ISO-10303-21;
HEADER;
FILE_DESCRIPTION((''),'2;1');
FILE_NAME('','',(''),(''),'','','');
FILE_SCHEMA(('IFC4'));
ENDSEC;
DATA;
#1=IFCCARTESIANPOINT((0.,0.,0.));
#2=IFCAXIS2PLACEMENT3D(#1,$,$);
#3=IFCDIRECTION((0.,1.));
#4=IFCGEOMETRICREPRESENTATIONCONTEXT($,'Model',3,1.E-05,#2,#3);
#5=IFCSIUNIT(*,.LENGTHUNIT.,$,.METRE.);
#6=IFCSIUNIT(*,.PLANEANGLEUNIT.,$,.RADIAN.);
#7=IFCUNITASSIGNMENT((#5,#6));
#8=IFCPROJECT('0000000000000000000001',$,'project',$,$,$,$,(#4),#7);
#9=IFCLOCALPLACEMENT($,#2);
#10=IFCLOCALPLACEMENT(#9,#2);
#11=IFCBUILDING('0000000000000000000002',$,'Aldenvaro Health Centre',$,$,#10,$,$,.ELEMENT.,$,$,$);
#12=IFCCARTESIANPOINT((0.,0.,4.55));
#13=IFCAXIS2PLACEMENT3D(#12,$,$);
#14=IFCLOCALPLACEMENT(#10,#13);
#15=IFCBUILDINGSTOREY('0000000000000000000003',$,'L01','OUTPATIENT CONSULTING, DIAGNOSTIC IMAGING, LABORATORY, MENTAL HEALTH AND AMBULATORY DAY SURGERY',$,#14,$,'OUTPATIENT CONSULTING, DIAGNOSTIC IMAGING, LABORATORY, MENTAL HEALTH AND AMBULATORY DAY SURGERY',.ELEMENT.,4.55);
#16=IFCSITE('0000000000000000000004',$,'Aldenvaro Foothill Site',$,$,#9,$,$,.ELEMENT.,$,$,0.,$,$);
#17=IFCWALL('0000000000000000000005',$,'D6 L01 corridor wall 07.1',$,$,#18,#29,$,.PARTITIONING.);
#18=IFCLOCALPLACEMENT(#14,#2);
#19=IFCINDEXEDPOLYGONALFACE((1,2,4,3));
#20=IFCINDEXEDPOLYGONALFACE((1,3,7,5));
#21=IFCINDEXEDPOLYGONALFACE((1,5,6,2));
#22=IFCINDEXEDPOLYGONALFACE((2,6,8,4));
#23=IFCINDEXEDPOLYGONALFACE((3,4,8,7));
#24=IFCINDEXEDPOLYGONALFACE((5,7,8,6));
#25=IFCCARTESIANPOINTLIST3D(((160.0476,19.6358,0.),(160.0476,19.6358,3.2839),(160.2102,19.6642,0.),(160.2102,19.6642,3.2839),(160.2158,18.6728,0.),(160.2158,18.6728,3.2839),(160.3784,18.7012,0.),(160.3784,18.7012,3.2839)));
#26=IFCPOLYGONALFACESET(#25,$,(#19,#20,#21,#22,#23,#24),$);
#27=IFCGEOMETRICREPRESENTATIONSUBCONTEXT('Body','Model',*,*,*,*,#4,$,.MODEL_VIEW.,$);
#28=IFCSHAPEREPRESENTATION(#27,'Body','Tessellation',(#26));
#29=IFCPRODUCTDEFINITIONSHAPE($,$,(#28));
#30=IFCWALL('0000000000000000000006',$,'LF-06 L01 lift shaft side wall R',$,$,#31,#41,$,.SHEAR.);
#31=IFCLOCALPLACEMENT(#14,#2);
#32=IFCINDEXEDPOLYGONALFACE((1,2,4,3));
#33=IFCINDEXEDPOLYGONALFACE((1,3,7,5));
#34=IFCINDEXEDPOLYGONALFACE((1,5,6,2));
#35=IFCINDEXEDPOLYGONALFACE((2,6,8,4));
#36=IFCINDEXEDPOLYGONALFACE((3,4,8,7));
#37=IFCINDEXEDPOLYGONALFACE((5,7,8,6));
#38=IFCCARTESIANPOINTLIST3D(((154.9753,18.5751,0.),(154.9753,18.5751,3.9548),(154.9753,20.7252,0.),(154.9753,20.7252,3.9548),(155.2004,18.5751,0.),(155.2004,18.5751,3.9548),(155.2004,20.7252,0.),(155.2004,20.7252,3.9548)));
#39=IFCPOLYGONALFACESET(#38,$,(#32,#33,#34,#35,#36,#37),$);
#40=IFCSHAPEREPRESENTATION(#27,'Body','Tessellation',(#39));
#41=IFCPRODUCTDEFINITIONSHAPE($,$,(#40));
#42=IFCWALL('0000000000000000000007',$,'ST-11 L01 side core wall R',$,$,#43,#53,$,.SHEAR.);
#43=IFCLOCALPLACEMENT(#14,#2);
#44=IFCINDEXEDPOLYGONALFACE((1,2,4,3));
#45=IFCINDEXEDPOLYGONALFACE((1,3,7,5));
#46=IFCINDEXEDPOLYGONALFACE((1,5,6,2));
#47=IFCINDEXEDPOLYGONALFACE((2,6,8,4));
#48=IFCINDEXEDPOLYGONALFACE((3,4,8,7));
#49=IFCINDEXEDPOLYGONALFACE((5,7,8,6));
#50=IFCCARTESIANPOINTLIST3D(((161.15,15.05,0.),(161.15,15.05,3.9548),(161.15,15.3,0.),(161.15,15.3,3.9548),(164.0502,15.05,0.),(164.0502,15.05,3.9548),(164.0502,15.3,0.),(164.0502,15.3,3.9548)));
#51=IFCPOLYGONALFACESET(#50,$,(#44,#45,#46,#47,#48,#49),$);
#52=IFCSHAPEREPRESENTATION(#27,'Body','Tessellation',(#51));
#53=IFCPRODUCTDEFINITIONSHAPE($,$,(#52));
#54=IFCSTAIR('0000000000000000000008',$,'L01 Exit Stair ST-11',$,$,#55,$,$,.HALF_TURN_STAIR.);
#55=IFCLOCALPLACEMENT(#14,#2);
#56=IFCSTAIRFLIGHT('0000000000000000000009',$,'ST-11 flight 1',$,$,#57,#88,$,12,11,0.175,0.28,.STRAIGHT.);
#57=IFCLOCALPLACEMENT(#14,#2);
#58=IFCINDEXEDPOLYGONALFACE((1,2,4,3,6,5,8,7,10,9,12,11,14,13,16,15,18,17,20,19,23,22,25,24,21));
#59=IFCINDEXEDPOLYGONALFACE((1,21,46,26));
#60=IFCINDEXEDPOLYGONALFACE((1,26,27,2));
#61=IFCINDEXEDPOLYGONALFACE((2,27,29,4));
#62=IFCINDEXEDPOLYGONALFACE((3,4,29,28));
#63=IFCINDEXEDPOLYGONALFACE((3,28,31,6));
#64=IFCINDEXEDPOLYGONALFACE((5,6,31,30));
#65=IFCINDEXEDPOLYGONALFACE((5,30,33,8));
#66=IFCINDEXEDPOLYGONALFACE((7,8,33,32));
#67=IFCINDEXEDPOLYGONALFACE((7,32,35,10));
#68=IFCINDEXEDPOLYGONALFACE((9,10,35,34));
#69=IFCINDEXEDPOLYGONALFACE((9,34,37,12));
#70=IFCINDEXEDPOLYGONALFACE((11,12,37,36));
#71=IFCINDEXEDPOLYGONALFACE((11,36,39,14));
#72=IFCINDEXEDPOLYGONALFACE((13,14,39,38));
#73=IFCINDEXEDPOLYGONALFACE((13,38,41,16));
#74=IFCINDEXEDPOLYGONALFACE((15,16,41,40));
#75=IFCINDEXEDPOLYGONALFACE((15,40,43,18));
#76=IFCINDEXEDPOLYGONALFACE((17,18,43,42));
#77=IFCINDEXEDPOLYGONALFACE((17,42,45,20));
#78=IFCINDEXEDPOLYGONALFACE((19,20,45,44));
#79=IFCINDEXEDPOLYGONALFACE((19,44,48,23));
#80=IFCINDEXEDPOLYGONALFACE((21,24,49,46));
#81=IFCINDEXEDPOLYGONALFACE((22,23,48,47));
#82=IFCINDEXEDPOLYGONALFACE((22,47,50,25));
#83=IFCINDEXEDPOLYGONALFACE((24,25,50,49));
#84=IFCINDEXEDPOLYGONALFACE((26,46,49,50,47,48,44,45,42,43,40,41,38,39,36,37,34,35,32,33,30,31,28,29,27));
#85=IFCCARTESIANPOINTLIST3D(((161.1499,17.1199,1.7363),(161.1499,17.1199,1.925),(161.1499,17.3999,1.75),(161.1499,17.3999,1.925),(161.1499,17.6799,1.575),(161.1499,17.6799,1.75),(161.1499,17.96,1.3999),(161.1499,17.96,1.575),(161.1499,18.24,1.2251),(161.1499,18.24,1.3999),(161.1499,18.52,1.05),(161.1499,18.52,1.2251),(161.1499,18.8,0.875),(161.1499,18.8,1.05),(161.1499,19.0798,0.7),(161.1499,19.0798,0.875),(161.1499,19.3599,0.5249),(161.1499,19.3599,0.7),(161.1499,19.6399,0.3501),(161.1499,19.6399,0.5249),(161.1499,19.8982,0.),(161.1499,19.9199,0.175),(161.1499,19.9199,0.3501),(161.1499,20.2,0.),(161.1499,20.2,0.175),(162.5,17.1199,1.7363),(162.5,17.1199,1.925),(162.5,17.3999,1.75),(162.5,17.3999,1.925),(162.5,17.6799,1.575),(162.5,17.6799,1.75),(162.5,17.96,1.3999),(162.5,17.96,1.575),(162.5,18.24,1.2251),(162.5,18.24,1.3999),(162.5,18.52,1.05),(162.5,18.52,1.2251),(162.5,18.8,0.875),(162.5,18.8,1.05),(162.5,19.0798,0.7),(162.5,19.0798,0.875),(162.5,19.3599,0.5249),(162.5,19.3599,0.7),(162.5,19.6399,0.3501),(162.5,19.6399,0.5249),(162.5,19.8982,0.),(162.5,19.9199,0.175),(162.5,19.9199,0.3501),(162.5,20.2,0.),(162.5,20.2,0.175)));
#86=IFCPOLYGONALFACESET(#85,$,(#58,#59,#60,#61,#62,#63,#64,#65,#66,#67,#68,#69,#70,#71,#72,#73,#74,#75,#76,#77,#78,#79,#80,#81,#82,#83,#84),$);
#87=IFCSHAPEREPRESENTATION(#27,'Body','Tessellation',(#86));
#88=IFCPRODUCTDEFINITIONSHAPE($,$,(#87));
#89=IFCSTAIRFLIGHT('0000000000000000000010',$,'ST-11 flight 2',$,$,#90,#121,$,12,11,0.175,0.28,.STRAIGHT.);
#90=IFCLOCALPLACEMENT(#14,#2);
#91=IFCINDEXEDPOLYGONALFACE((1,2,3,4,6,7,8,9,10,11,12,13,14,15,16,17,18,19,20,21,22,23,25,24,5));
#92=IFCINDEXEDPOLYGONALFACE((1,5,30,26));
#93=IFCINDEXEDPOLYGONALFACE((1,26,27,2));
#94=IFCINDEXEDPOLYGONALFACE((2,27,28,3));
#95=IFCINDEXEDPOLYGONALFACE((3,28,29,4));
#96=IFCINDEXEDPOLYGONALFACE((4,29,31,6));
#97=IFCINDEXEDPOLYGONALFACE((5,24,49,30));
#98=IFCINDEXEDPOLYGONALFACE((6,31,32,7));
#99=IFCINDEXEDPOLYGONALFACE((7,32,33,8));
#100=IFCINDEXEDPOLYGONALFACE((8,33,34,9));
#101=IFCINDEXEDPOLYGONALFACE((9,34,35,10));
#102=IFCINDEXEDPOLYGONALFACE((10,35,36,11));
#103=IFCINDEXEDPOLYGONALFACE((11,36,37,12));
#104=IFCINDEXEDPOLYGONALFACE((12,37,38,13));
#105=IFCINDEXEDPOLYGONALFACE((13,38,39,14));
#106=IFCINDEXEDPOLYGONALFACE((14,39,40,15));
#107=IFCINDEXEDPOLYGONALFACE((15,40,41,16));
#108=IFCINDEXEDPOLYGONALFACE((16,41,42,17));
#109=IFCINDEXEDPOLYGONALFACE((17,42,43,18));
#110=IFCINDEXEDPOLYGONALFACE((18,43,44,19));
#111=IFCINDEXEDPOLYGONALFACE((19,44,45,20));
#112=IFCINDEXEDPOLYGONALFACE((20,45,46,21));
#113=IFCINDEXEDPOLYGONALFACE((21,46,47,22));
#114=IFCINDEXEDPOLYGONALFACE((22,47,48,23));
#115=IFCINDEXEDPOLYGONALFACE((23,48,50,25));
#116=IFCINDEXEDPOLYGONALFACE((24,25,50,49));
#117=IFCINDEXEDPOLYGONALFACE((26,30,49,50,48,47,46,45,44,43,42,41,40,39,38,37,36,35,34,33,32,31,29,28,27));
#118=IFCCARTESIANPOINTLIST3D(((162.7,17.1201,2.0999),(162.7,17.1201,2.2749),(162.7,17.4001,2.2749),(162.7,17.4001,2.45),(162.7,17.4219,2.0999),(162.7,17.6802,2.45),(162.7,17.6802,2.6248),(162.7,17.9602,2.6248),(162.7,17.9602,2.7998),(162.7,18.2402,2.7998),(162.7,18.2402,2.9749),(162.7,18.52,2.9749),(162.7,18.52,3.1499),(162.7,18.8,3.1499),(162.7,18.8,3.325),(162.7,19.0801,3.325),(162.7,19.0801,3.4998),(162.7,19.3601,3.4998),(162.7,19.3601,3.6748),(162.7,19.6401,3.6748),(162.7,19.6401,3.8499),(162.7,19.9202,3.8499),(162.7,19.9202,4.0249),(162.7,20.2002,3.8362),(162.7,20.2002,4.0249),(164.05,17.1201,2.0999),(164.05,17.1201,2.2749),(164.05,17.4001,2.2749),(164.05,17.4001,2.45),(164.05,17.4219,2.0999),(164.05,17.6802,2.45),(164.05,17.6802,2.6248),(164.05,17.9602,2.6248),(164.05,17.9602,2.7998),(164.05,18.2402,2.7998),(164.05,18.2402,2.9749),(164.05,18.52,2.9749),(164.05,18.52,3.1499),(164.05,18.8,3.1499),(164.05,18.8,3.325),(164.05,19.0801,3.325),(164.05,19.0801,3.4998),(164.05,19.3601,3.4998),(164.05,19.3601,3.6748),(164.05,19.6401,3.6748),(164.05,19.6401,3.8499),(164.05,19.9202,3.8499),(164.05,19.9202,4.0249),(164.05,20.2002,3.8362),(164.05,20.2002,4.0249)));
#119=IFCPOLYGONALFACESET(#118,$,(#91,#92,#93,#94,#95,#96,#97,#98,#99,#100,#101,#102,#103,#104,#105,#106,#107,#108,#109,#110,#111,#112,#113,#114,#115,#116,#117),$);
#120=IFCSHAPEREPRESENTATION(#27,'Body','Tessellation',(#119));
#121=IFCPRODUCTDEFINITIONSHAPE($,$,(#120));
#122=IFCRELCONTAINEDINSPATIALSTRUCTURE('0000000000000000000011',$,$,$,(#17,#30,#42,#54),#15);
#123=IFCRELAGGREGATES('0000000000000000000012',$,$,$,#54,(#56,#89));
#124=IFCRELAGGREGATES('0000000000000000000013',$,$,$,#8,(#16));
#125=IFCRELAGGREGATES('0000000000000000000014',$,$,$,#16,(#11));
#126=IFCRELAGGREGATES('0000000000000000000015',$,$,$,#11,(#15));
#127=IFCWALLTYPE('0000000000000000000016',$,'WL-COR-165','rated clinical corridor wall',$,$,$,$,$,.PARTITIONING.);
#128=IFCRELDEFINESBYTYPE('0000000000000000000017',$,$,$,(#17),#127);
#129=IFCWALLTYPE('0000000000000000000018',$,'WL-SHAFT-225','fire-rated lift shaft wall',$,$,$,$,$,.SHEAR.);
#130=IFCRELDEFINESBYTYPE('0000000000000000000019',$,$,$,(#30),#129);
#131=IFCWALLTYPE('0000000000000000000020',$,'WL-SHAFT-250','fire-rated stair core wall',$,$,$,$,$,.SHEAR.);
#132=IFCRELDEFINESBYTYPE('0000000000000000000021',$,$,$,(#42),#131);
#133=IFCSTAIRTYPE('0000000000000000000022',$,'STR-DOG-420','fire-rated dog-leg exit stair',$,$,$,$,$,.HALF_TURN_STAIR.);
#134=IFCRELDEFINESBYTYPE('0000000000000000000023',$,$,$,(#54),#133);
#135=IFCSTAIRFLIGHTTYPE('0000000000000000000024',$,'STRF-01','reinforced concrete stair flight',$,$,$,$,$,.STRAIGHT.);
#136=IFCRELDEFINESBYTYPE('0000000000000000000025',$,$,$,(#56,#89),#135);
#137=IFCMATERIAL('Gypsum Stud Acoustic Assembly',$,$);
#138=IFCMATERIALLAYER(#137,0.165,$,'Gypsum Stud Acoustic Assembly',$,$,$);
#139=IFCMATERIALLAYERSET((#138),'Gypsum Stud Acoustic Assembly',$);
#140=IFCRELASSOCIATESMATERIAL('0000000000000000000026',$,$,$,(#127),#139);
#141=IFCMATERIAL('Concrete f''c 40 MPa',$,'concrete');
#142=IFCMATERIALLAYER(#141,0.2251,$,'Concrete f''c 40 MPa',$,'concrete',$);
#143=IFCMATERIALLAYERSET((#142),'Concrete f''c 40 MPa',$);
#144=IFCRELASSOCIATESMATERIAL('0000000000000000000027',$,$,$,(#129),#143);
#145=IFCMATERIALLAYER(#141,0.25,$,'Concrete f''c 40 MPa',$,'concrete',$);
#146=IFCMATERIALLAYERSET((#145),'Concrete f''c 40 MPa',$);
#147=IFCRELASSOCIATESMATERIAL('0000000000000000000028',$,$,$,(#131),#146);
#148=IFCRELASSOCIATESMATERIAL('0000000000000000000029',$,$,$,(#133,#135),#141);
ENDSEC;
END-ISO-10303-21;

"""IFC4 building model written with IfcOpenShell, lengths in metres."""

from ifc_helpers import new_model, si_unit, direction, frame, frame_2d, origin, place, context, subcontext, project, spatial, polyline, rectangle, outline, extrude, material, layer, layer_set, type_object, element, aggregate, save


model = new_model("IFC4")

# Units and contexts
model_context = context("Model", 3, precision=1e-05, world=origin(), true_north=direction((0.0, 1.0)))
body_context = subcontext(model_context, "Body", "Model", "MODEL_VIEW")
ifc_project = project(units=[si_unit("LENGTHUNIT", "METRE"), si_unit("PLANEANGLEUNIT", "RADIAN")], contexts=[model_context])

# Site, building, storey
site_placement = place(None, origin())
site = spatial("IfcSite", under=ifc_project, at=site_placement, Name="Aldenvaro Foothill Site", CompositionType="ELEMENT", RefElevation=0.0)
building_placement = place(site_placement, origin())
building = spatial("IfcBuilding", under=site, at=building_placement, Name="Aldenvaro Health Centre", CompositionType="ELEMENT")
storey_placement = place(building_placement, frame((0.0, 0.0, 4.55)))
storey = spatial("IfcBuildingStorey", under=building, at=storey_placement, Name="L01", Description="OUTPATIENT CONSULTING, DIAGNOSTIC IMAGING, LABORATORY, MENTAL HEALTH AND AMBULATORY DAY SURGERY", LongName="OUTPATIENT CONSULTING, DIAGNOSTIC IMAGING, LABORATORY, MENTAL HEALTH AND AMBULATORY DAY SURGERY", CompositionType="ELEMENT", Elevation=4.55)

# Shared definitions
ifc_material_1 = material(Name="Gypsum Stud Acoustic Assembly")

# Shared definitions
ifc_layer_1 = layer(ifc_material_1, 0.165, Name="Gypsum Stud Acoustic Assembly")
ifc_layer_set_1 = layer_set([ifc_layer_1], Name="Gypsum Stud Acoustic Assembly")
wall_type_1 = type_object("IfcWallType", Name="WL-COR-165", Description="rated clinical corridor wall", PredefinedType="PARTITIONING", material=ifc_layer_set_1)

# Walls
wall_1_placement = place(storey_placement, frame((160.2971, 18.687, 0.0), z_axis=(0.0, 0.0, 1.0), x_axis=(-0.17209, 0.985081, 0.0)))
element("IfcWall", 1, at=wall_1_placement, inside=storey, type_object=wall_type_1, Name="D6 L01 corridor wall 07.1", PredefinedType="PARTITIONING", context=body_context, shape_type="SweptSolid", body=[
    extrude(rectangle(XDim=0.9775, YDim=0.165, at=frame_2d((0.4888, 0.0))), origin(), (0.0, 0.0, 1.0), 3.2839),
])
ifc_material_2 = material(Name="Concrete f'c 40 MPa", Category="concrete")
ifc_layer_2 = layer(ifc_material_2, 0.2251, Name="Concrete f'c 40 MPa", Category="concrete")
ifc_layer_set_2 = layer_set([ifc_layer_2], Name="Concrete f'c 40 MPa")
wall_type_2 = type_object("IfcWallType", Name="WL-SHAFT-225", Description="fire-rated lift shaft wall", PredefinedType="SHEAR", material=ifc_layer_set_2)
wall_2_placement = place(storey_placement, frame((155.0879, 18.575, 0.0), z_axis=(0.0, 0.0, 1.0), x_axis=(0.0, 1.0, 0.0)))
element("IfcWall", 2, at=wall_2_placement, inside=storey, type_object=wall_type_2, Name="LF-06 L01 lift shaft side wall R", PredefinedType="SHEAR", context=body_context, shape_type="SweptSolid", body=[
    extrude(rectangle(XDim=2.1501, YDim=0.2251, at=frame_2d((1.0752, 0.0))), origin(), (0.0, 0.0, 1.0), 3.9548),
])
ifc_layer_3 = layer(ifc_material_2, 0.25, Name="Concrete f'c 40 MPa", Category="concrete")
ifc_layer_set_3 = layer_set([ifc_layer_3], Name="Concrete f'c 40 MPa")
wall_type_3 = type_object("IfcWallType", Name="WL-SHAFT-250", Description="fire-rated stair core wall", PredefinedType="SHEAR", material=ifc_layer_set_3)
wall_3_placement = place(storey_placement, frame((161.1499, 15.175, 0.0), z_axis=(0.0, 0.0, 1.0), x_axis=(1.0, 0.0, 0.0)))
element("IfcWall", 3, at=wall_3_placement, inside=storey, type_object=wall_type_3, Name="ST-11 L01 side core wall R", PredefinedType="SHEAR", context=body_context, shape_type="SweptSolid", body=[
    extrude(rectangle(XDim=2.9001, YDim=0.25, at=frame_2d((1.4502, 0.0))), origin(), (0.0, 0.0, 1.0), 3.9548),
])

# Stair, stair flights
stair_type = type_object("IfcStairType", Name="STR-DOG-420", Description="fire-rated dog-leg exit stair", PredefinedType="HALF_TURN_STAIR", material=ifc_material_2)
stair_placement = place(storey_placement, origin())
stair = element("IfcStair", 4, at=stair_placement, inside=storey, type_object=stair_type, Name="L01 Exit Stair ST-11", PredefinedType="HALF_TURN_STAIR")
stair_flight_type = type_object("IfcStairFlightType", Name="STRF-01", Description="reinforced concrete stair flight", PredefinedType="STRAIGHT", material=ifc_material_2)
stair_flight_1_placement = place(storey_placement, frame((161.825, 20.2, 0.0), z_axis=(0.0, 0.0, 1.0), x_axis=(0.0, -1.0, 0.0)))
stair_flight_1 = element("IfcStairFlight", 5, at=stair_flight_1_placement, type_object=stair_flight_type, Name="ST-11 flight 1", NumberOfRisers=12, NumberOfTreads=11, PredefinedType="STRAIGHT", RiserHeight=0.175, TreadLength=0.28, context=body_context, shape_type="SweptSolid", body=[
    extrude(outline(polyline([(0.0, 0.0), (0.0, 0.175), (0.28, 0.175), (0.28, 0.3501), (0.5601, 0.3501), (0.5601, 0.5249), (0.8401, 0.5249), (0.8401, 0.7), (1.1201, 0.7), (1.1201, 0.875), (1.3999, 0.875), (1.3999, 1.05), (1.6799, 1.05), (1.6799, 1.2251), (1.96, 1.2251), (1.96, 1.3999), (2.24, 1.3999), (2.24, 1.575), (2.52, 1.575), (2.52, 1.75), (2.8, 1.75), (2.8, 1.925), (3.0801, 1.925), (3.0801, 2.1001), (3.0801, 1.7363), (0.3018, 0.0), (0.0, 0.0)])), frame((0.0, 0.675, 0.0), z_axis=(0.0, -1.0, 0.0), x_axis=(1.0, 0.0, 0.0)), (0.0, 0.0, 1.0), 1.3501),
])
stair_flight_2_placement = place(storey_placement, frame((163.375, 17.1201, 2.0999), z_axis=(0.0, 0.0, 1.0), x_axis=(0.0, 1.0, 0.0)))
stair_flight_2 = element("IfcStairFlight", 6, at=stair_flight_2_placement, type_object=stair_flight_type, Name="ST-11 flight 2", NumberOfRisers=12, NumberOfTreads=11, PredefinedType="STRAIGHT", RiserHeight=0.175, TreadLength=0.28, context=body_context, shape_type="SweptSolid", body=[
    extrude(outline(polyline([(0.0, 0.0), (0.0, 0.175), (0.28, 0.175), (0.28, 0.3501), (0.5601, 0.3501), (0.5601, 0.5249), (0.8401, 0.5249), (0.8401, 0.7), (1.1201, 0.7), (1.1201, 0.875), (1.3999, 0.875), (1.3999, 1.05), (1.6799, 1.05), (1.6799, 1.2251), (1.96, 1.2251), (1.96, 1.3999), (2.24, 1.3999), (2.24, 1.575), (2.52, 1.575), (2.52, 1.75), (2.8, 1.75), (2.8, 1.925), (3.0801, 1.925), (3.0801, 2.1001), (3.0801, 1.7363), (0.3018, 0.0), (0.0, 0.0)])), frame((0.0, 0.675, 0.0), z_axis=(0.0, -1.0, 0.0), x_axis=(1.0, 0.0, 0.0)), (0.0, 0.0, 1.0), 1.3501),
])
aggregate(stair, [stair_flight_1, stair_flight_2])

save(model, "model.ifc")
